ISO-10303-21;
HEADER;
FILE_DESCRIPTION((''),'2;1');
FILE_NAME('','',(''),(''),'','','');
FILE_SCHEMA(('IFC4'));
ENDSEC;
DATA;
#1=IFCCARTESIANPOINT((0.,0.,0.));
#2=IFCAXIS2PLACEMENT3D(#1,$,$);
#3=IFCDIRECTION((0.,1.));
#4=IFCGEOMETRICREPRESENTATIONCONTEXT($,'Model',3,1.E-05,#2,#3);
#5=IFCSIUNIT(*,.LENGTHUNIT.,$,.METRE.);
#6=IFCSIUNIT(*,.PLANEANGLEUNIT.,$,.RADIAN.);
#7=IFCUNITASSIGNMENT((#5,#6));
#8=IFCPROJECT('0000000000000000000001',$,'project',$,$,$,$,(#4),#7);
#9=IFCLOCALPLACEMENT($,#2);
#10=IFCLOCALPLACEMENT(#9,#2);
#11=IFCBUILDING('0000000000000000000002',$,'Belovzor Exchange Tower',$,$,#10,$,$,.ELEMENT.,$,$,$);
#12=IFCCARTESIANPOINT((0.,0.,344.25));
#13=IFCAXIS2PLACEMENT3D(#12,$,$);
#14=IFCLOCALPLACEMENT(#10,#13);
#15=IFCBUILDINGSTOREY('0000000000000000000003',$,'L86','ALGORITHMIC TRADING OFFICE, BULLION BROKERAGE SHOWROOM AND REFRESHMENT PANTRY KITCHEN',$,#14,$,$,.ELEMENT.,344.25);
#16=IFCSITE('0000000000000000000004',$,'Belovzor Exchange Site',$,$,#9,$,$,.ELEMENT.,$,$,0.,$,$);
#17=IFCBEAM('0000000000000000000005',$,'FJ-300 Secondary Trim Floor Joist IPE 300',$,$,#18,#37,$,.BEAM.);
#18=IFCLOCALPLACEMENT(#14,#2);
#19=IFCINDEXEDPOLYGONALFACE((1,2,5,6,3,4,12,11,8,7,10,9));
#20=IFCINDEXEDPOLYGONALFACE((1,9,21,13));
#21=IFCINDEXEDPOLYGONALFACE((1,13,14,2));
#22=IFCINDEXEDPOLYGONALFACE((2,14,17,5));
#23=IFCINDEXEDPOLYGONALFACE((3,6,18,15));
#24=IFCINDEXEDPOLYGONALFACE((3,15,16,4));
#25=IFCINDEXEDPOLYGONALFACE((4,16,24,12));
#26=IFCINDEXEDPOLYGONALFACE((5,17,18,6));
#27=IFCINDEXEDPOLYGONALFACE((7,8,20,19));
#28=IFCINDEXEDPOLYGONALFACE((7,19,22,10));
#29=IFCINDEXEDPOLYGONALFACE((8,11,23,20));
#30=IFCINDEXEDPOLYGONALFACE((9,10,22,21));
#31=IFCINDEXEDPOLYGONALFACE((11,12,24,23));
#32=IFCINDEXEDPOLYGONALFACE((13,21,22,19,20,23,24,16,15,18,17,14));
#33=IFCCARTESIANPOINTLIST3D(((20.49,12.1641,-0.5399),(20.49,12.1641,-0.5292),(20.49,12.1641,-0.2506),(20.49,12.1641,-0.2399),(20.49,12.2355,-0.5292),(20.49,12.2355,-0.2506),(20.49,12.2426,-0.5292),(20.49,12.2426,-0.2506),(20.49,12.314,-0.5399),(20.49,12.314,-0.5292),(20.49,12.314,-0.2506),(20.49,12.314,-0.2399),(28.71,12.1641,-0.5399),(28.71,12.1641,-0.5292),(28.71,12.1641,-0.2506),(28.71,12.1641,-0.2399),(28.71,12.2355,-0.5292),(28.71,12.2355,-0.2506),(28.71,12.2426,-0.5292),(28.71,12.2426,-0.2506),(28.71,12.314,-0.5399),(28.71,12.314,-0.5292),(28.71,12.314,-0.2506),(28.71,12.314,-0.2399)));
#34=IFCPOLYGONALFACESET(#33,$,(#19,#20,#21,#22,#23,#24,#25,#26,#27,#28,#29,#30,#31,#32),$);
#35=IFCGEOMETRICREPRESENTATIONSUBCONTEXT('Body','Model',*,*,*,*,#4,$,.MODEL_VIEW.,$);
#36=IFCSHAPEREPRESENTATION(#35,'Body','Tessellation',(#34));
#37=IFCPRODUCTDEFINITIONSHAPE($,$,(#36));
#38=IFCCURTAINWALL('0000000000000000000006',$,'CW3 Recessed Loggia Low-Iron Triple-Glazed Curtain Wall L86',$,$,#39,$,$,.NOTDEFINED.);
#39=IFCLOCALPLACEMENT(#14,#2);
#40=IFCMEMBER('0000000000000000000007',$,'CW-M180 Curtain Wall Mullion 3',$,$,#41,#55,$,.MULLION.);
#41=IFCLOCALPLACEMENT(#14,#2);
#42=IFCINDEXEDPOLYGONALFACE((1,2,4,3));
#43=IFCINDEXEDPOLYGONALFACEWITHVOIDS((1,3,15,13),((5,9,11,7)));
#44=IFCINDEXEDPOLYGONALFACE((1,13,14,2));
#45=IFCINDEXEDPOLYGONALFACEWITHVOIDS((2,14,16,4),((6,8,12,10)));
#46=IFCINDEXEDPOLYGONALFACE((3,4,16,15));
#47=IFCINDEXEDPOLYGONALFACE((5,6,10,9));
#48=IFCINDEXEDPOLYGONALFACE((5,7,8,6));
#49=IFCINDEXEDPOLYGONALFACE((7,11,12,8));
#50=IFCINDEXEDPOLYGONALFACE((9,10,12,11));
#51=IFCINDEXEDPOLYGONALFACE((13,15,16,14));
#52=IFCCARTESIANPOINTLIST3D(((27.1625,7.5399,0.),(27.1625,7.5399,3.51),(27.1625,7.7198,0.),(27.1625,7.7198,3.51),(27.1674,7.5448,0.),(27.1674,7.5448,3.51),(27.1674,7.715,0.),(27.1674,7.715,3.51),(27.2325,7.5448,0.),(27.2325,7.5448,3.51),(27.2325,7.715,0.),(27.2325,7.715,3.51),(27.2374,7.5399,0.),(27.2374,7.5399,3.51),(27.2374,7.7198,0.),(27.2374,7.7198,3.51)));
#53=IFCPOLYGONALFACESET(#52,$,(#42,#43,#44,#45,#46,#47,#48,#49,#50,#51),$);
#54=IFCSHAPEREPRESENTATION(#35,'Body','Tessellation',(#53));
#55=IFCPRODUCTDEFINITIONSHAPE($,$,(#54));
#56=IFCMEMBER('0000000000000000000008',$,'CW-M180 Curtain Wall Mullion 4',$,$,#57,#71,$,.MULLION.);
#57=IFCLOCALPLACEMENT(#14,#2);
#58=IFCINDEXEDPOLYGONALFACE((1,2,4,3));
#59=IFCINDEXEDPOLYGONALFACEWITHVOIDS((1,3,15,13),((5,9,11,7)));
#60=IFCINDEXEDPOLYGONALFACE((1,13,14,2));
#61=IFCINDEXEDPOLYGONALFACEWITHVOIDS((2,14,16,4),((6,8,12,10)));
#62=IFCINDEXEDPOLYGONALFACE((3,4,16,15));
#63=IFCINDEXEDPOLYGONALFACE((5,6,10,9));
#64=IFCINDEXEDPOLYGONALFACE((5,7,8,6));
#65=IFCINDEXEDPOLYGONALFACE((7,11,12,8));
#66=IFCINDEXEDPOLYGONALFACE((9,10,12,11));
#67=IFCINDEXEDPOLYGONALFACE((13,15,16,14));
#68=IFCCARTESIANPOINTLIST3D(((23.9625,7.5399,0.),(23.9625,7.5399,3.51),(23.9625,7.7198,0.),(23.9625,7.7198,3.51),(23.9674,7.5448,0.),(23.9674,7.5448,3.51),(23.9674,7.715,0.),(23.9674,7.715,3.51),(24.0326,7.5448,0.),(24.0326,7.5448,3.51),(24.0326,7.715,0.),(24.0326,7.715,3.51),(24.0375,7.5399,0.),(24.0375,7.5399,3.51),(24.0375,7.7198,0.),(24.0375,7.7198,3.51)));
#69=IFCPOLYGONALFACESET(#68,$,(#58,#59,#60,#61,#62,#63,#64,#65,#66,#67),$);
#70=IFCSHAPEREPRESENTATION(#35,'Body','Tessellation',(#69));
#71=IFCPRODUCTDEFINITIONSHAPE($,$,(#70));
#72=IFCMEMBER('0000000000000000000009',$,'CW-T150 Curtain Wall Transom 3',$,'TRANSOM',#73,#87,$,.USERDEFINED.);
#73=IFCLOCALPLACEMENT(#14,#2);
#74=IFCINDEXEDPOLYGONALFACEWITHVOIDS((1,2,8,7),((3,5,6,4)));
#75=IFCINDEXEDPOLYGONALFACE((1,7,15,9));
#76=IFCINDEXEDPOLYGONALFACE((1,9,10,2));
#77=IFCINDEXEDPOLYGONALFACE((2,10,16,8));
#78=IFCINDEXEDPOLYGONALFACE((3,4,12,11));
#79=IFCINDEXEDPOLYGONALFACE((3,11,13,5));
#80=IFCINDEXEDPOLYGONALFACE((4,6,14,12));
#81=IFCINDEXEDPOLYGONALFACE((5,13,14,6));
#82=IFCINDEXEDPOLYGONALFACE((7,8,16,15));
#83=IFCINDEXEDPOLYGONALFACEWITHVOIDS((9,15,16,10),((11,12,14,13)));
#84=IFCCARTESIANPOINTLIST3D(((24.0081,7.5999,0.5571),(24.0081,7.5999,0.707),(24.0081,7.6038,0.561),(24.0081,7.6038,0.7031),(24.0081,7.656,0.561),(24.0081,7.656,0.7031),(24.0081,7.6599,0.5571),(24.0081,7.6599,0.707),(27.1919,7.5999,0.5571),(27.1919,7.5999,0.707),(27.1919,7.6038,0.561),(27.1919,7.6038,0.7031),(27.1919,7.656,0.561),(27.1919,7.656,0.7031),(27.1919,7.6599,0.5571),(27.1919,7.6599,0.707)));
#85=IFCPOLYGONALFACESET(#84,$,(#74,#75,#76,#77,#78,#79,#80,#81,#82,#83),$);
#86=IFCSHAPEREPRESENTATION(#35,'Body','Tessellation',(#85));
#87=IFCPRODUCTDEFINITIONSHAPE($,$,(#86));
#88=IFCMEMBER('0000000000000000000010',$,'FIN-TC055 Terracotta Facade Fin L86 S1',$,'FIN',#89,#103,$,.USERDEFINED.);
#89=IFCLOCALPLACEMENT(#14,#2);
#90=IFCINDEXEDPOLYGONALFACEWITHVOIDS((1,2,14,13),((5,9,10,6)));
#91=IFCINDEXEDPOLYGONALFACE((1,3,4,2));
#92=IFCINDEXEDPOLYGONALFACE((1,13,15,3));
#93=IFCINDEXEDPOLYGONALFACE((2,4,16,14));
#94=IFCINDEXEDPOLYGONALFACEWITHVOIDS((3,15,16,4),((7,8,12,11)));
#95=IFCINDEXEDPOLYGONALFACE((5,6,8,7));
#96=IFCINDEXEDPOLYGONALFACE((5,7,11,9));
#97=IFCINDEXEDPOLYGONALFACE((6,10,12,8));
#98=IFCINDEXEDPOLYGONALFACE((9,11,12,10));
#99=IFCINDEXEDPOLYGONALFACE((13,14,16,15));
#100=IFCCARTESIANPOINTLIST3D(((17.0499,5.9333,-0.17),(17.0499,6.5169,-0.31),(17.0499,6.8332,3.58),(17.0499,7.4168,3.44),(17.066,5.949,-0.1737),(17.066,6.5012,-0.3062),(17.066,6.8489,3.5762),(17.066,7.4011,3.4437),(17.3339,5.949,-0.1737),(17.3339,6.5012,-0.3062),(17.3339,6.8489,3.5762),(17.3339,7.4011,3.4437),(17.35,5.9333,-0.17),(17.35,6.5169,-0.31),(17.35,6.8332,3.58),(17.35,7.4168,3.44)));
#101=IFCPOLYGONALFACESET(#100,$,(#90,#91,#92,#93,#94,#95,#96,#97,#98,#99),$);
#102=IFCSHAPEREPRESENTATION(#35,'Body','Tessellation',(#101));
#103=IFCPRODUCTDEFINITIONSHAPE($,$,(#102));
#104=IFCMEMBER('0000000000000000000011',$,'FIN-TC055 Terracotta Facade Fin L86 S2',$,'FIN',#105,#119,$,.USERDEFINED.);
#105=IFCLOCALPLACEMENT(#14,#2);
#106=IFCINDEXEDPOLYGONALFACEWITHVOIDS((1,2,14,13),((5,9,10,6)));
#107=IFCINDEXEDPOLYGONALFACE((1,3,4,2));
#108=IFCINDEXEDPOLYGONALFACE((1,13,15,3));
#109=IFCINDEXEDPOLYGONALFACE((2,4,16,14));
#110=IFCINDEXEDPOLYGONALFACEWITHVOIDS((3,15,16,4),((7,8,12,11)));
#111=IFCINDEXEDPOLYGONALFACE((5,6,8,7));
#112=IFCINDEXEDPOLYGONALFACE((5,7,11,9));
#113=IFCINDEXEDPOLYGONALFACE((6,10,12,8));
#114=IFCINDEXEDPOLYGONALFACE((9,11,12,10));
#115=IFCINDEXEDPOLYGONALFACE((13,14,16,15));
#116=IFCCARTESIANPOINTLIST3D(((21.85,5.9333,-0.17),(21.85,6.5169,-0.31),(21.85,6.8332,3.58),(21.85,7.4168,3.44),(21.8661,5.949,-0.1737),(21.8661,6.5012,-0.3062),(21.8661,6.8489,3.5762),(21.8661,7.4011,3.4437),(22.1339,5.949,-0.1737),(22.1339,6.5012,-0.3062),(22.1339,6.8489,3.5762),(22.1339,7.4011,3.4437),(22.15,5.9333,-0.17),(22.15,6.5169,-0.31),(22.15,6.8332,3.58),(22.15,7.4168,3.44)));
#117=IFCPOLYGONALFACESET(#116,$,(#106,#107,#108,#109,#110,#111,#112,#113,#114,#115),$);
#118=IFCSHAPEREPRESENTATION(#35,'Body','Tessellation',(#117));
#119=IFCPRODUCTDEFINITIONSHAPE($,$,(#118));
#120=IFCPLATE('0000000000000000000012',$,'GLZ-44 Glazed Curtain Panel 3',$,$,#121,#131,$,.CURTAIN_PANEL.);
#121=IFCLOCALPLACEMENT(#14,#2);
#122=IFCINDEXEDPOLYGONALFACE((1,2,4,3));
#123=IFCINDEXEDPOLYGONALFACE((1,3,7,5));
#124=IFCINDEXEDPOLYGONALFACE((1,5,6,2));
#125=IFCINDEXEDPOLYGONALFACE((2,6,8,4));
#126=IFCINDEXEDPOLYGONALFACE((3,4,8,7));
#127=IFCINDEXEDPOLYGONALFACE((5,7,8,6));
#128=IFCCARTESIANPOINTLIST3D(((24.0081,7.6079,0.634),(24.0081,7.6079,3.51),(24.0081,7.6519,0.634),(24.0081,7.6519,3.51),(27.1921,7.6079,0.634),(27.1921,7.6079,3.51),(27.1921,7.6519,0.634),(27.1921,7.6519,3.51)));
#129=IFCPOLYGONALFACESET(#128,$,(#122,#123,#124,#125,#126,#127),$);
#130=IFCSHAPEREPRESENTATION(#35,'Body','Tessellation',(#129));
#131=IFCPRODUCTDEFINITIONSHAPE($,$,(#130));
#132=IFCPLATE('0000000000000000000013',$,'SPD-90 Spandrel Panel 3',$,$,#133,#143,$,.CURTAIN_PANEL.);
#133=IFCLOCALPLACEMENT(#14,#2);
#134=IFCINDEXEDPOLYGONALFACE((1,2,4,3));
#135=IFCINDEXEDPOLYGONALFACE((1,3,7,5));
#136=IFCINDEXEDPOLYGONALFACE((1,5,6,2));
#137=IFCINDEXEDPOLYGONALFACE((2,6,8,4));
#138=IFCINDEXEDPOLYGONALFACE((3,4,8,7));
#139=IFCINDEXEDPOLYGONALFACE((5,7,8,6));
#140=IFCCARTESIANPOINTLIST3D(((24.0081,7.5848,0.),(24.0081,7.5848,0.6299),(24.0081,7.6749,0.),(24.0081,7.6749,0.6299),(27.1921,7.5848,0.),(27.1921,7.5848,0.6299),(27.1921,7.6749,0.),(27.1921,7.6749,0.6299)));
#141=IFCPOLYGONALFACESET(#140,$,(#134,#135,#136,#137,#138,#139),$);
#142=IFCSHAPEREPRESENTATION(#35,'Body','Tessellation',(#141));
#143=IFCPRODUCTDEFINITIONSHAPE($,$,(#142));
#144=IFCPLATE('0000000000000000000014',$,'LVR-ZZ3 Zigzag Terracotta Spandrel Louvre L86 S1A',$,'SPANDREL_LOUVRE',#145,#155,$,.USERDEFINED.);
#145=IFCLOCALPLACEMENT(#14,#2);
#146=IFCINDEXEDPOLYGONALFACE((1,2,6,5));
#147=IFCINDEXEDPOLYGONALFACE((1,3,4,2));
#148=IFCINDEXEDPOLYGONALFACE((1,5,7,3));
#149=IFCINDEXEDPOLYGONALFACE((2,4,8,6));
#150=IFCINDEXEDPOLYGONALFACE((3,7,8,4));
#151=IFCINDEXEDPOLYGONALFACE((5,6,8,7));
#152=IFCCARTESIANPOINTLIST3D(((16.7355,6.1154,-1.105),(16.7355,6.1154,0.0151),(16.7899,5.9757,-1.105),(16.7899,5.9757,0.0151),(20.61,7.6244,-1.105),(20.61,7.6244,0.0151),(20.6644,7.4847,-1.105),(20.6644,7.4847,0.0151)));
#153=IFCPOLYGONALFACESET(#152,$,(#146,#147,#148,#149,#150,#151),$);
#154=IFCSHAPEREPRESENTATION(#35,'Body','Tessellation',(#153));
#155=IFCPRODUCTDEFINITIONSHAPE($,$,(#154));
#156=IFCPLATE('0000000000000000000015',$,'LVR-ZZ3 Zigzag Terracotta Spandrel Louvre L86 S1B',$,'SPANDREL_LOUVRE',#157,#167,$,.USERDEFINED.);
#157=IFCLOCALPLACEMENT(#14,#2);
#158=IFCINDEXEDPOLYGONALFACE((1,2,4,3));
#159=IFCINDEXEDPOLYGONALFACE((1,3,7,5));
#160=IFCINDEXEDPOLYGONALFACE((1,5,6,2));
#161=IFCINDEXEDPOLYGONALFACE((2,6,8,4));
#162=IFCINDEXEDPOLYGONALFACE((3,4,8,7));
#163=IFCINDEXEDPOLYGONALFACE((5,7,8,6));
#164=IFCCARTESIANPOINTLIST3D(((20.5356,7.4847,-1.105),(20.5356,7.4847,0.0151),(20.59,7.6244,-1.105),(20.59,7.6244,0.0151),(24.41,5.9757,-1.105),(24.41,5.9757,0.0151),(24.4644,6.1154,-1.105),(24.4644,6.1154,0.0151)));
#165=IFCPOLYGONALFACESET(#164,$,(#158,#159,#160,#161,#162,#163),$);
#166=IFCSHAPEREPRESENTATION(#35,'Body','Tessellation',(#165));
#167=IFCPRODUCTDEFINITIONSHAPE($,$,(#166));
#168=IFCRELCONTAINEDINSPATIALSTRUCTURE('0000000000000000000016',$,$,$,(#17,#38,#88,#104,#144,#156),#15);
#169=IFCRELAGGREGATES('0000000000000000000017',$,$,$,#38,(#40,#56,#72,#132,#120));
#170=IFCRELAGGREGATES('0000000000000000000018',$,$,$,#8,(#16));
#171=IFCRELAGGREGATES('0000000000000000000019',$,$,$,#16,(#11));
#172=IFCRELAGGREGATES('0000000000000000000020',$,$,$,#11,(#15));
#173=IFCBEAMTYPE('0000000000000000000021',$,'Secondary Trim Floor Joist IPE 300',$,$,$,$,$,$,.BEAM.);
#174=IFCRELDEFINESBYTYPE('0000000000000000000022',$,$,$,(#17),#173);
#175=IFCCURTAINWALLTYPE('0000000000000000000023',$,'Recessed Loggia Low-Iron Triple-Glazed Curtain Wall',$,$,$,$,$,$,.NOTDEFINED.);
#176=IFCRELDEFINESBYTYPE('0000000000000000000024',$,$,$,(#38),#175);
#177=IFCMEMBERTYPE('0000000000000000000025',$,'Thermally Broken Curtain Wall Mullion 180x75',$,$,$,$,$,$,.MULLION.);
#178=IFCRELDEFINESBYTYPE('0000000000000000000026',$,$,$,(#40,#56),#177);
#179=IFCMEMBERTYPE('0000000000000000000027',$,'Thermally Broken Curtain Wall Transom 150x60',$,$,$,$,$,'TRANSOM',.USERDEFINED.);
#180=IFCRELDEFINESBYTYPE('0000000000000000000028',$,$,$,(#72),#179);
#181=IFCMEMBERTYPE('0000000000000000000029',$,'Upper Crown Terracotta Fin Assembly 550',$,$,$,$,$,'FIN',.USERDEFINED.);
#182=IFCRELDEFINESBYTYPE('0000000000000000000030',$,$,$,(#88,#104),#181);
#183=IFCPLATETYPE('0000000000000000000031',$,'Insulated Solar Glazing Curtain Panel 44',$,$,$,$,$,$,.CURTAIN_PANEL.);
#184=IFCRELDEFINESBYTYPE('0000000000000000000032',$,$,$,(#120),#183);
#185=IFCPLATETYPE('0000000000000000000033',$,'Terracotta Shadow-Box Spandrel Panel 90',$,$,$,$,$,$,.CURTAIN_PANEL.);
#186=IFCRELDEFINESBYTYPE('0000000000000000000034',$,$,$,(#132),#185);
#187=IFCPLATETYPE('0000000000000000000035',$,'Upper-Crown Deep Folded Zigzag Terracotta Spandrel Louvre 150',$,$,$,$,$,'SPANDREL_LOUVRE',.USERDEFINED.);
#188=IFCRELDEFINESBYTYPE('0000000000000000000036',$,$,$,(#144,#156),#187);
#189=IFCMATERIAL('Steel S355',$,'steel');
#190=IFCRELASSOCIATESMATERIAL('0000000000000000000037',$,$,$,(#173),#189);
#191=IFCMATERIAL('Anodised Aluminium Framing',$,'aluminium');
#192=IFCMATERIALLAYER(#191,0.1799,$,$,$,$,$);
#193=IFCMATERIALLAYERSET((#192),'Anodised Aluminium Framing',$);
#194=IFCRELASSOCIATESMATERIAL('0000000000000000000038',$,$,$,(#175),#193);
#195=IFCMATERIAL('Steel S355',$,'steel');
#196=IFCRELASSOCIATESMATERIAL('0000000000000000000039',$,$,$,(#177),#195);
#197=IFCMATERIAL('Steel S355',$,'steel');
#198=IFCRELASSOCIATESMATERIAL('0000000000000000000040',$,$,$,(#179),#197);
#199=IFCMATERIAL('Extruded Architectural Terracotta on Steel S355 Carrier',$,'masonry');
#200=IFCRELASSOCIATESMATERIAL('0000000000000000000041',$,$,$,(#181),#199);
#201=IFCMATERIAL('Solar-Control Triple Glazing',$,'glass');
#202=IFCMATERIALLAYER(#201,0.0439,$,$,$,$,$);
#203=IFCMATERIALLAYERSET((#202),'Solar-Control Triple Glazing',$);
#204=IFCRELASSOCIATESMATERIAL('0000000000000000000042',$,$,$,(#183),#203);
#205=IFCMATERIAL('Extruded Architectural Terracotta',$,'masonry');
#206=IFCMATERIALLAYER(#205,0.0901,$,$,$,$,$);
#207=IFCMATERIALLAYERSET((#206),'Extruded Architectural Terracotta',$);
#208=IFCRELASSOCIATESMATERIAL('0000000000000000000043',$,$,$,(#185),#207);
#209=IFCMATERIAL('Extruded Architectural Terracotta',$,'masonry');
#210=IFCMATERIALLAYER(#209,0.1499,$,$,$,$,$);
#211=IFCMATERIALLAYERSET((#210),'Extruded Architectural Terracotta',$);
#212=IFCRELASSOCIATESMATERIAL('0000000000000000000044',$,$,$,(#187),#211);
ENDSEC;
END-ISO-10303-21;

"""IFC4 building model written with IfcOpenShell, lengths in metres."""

from ifc_helpers import new_model, si_unit, direction, frame, origin, origin_2d, place, context, subcontext, project, spatial, rectangle, hollow_rectangle, i_section, extrude, material, layer, layer_set, material_profile, profile_set, type_object, element, aggregate, save


model = new_model("IFC4")

# Units and contexts
model_context = context("Model", 3, precision=1e-05, world=origin(), true_north=direction((0.0, 1.0)))
body_context = subcontext(model_context, "Body", "Model", "MODEL_VIEW")
ifc_project = project(units=[si_unit("LENGTHUNIT", "METRE"), si_unit("PLANEANGLEUNIT", "RADIAN")], contexts=[model_context])

# Site, building, storey
site_placement = place(None, origin())
site = spatial("IfcSite", under=ifc_project, at=site_placement, Name="Belovzor Exchange Site", CompositionType="ELEMENT", RefElevation=0.0)
building_placement = place(site_placement, origin())
building = spatial("IfcBuilding", under=site, at=building_placement, Name="Belovzor Exchange Tower", CompositionType="ELEMENT")
storey_placement = place(building_placement, frame((0.0, 0.0, 344.25)))
storey = spatial("IfcBuildingStorey", under=building, at=storey_placement, Name="L86", Description="ALGORITHMIC TRADING OFFICE, BULLION BROKERAGE SHOWROOM AND REFRESHMENT PANTRY KITCHEN", CompositionType="ELEMENT", Elevation=344.25)

# Beam
ifc_material_1 = material(Name="Steel S355", Category="steel")
ifc_material_profile_1 = material_profile(ifc_material_1, i_section(OverallWidth=0.1499, OverallDepth=0.3, WebThickness=0.0071, FlangeThickness=0.0107, at=origin_2d()))
ifc_profile_set_1 = profile_set([ifc_material_profile_1], Name="Steel S355")
beam_type = type_object("IfcBeamType", Name="Secondary Trim Floor Joist IPE 300", PredefinedType="BEAM", material=ifc_profile_set_1)
beam_placement = place(storey_placement, frame((20.49, 12.239, -0.3899), z_axis=(1.0, 0.0, 0.0), x_axis=(0.0, 1.0, 0.0)))
element("IfcBeam", 1, at=beam_placement, inside=storey, type_object=beam_type, Name="FJ-300 Secondary Trim Floor Joist IPE 300", PredefinedType="BEAM", context=body_context, shape_type="SweptSolid", body=[
    extrude(i_section(OverallWidth=0.1499, OverallDepth=0.3, WebThickness=0.0071, FlangeThickness=0.0107, at=origin_2d()), origin(), (0.0, 0.0, 1.0), 8.22),
])

# Curtain wall, members
ifc_material_2 = material(Name="Anodised Aluminium Framing", Category="aluminium")
ifc_layer_1 = layer(ifc_material_2, 0.1799)
ifc_layer_set_1 = layer_set([ifc_layer_1], Name="Anodised Aluminium Framing")
curtain_wall_type = type_object("IfcCurtainWallType", Name="Recessed Loggia Low-Iron Triple-Glazed Curtain Wall", PredefinedType="NOTDEFINED", material=ifc_layer_set_1)
curtain_wall_placement = place(storey_placement, origin())
curtain_wall = element("IfcCurtainWall", 2, at=curtain_wall_placement, inside=storey, type_object=curtain_wall_type, Name="CW3 Recessed Loggia Low-Iron Triple-Glazed Curtain Wall L86", PredefinedType="NOTDEFINED")
ifc_material_3 = material(Name="Steel S355", Category="steel")
ifc_material_profile_2 = material_profile(ifc_material_3, hollow_rectangle(XDim=0.075, YDim=0.1799, WallThickness=0.0049, at=origin_2d()))
ifc_profile_set_2 = profile_set([ifc_material_profile_2], Name="Steel S355")
member_type_1 = type_object("IfcMemberType", Name="Thermally Broken Curtain Wall Mullion 180x75", PredefinedType="MULLION", material=ifc_profile_set_2)
member_1_placement = place(storey_placement, frame((27.2, 7.6299, 0.0), z_axis=(0.0, 0.0, 1.0), x_axis=(-1.0, 0.0, 0.0)))
member_1 = element("IfcMember", 3, at=member_1_placement, type_object=member_type_1, Name="CW-M180 Curtain Wall Mullion 3", PredefinedType="MULLION", context=body_context, shape_type="SweptSolid", body=[
    extrude(hollow_rectangle(XDim=0.075, YDim=0.1799, WallThickness=0.0049, at=origin_2d()), origin(), (0.0, 0.0, 1.0), 3.51),
])
member_2_placement = place(storey_placement, frame((24.0, 7.6299, 0.0), z_axis=(0.0, 0.0, 1.0), x_axis=(-1.0, 0.0, 0.0)))
member_2 = element("IfcMember", 4, at=member_2_placement, type_object=member_type_1, Name="CW-M180 Curtain Wall Mullion 4", PredefinedType="MULLION", context=body_context, shape_type="SweptSolid", body=[
    extrude(hollow_rectangle(XDim=0.075, YDim=0.1799, WallThickness=0.0049, at=origin_2d()), origin(), (0.0, 0.0, 1.0), 3.51),
])
ifc_material_4 = material(Name="Steel S355", Category="steel")
ifc_material_profile_3 = material_profile(ifc_material_4, hollow_rectangle(XDim=0.0601, YDim=0.1499, WallThickness=0.0039, at=origin_2d()))
ifc_profile_set_3 = profile_set([ifc_material_profile_3], Name="Steel S355")
member_type_2 = type_object("IfcMemberType", Name="Thermally Broken Curtain Wall Transom 150x60", ElementType="TRANSOM", PredefinedType="USERDEFINED", material=ifc_profile_set_3)
member_3_placement = place(storey_placement, frame((27.1919, 7.6299, 0.6321), z_axis=(-1.0, 0.0, 0.0), x_axis=(0.0, -1.0, 0.0)))
member_3 = element("IfcMember", 5, at=member_3_placement, type_object=member_type_2, Name="CW-T150 Curtain Wall Transom 3", ObjectType="TRANSOM", PredefinedType="USERDEFINED", context=body_context, shape_type="SweptSolid", body=[
    extrude(hollow_rectangle(XDim=0.0601, YDim=0.1499, WallThickness=0.0039, at=origin_2d()), origin(), (0.0, 0.0, 1.0), 3.1838),
])

# Members
ifc_material_5 = material(Name="Extruded Architectural Terracotta on Steel S355 Carrier", Category="masonry")
ifc_material_profile_4 = material_profile(ifc_material_5, hollow_rectangle(XDim=0.3, YDim=0.6001, WallThickness=0.0161, at=origin_2d()))
ifc_profile_set_4 = profile_set([ifc_material_profile_4], Name="Extruded Architectural Terracotta on Steel S355 Carrier")
member_type_3 = type_object("IfcMemberType", Name="Upper Crown Terracotta Fin Assembly 550", ElementType="FIN", PredefinedType="USERDEFINED", material=ifc_profile_set_4)
for number, where, z_axis, x_axis, name in (
    (6, (17.2, 6.2251, -0.24), (0.0, 0.233349, 0.972393), (-1.0, 0.0, 0.0), "FIN-TC055 Terracotta Facade Fin L86 S1"),
    (7, (22.0, 6.2251, -0.24), (0.0, 0.233349, 0.972393), (-1.0, 0.0, 0.0), "FIN-TC055 Terracotta Facade Fin L86 S2"),
):
    element("IfcMember", number, at=place(storey_placement, frame(where, z_axis=z_axis, x_axis=x_axis)), inside=storey, type_object=member_type_3, Name=name, ObjectType="FIN", PredefinedType="USERDEFINED", context=body_context, shape_type="SweptSolid", body=[
        extrude(hollow_rectangle(XDim=0.3, YDim=0.6001, WallThickness=0.0161, at=origin_2d()), origin(), (0.0, 0.0, 1.0), 3.8564),
    ])

# Plates
ifc_material_6 = material(Name="Solar-Control Triple Glazing", Category="glass")
ifc_layer_2 = layer(ifc_material_6, 0.0439)
ifc_layer_set_2 = layer_set([ifc_layer_2], Name="Solar-Control Triple Glazing")
plate_type_1 = type_object("IfcPlateType", Name="Insulated Solar Glazing Curtain Panel 44", PredefinedType="CURTAIN_PANEL", material=ifc_layer_set_2)
plate_1_placement = place(storey_placement, frame((25.6001, 7.6299, 0.634), z_axis=(0.0, 0.0, 1.0), x_axis=(-1.0, 0.0, 0.0)))
plate_1 = element("IfcPlate", 8, at=plate_1_placement, type_object=plate_type_1, Name="GLZ-44 Glazed Curtain Panel 3", PredefinedType="CURTAIN_PANEL", context=body_context, shape_type="SweptSolid", body=[
    extrude(rectangle(XDim=3.1841, YDim=0.0439, at=origin_2d()), origin(), (0.0, 0.0, 1.0), 2.876),
])
ifc_material_7 = material(Name="Extruded Architectural Terracotta", Category="masonry")
ifc_layer_3 = layer(ifc_material_7, 0.0901)
ifc_layer_set_3 = layer_set([ifc_layer_3], Name="Extruded Architectural Terracotta")
plate_type_2 = type_object("IfcPlateType", Name="Terracotta Shadow-Box Spandrel Panel 90", PredefinedType="CURTAIN_PANEL", material=ifc_layer_set_3)
plate_2_placement = place(storey_placement, frame((25.6001, 7.6299, 0.0), z_axis=(0.0, 0.0, 1.0), x_axis=(-1.0, 0.0, 0.0)))
plate_2 = element("IfcPlate", 9, at=plate_2_placement, type_object=plate_type_2, Name="SPD-90 Spandrel Panel 3", PredefinedType="CURTAIN_PANEL", context=body_context, shape_type="SweptSolid", body=[
    extrude(rectangle(XDim=3.1841, YDim=0.0901, at=origin_2d()), origin(), (0.0, 0.0, 1.0), 0.6299),
])
aggregate(curtain_wall, [member_1, member_2, member_3, plate_2, plate_1])

# Plates
ifc_material_8 = material(Name="Extruded Architectural Terracotta", Category="masonry")
ifc_layer_4 = layer(ifc_material_8, 0.1499)
ifc_layer_set_4 = layer_set([ifc_layer_4], Name="Extruded Architectural Terracotta")
plate_type_3 = type_object("IfcPlateType", Name="Upper-Crown Deep Folded Zigzag Terracotta Spandrel Louvre 150", ElementType="SPANDREL_LOUVRE", PredefinedType="USERDEFINED", material=ifc_layer_set_4)
for number, where, z_axis, x_axis, name in (
    (10, (18.7, 6.8, -1.105), (0.0, 0.0, 1.0), (0.931818, 0.362926, 0.0), "LVR-ZZ3 Zigzag Terracotta Spandrel Louvre L86 S1A"),
    (11, (22.5, 6.8, -1.105), (0.0, 0.0, 1.0), (0.931818, -0.362926, 0.0), "LVR-ZZ3 Zigzag Terracotta Spandrel Louvre L86 S1B"),
):
    element("IfcPlate", number, at=place(storey_placement, frame(where, z_axis=z_axis, x_axis=x_axis)), inside=storey, type_object=plate_type_3, Name=name, ObjectType="SPANDREL_LOUVRE", PredefinedType="USERDEFINED", context=body_context, shape_type="SweptSolid", body=[
        extrude(rectangle(XDim=4.158, YDim=0.1499, at=origin_2d()), origin(), (0.0, 0.0, 1.0), 1.1201),
    ])

save(model, "model.ifc")
